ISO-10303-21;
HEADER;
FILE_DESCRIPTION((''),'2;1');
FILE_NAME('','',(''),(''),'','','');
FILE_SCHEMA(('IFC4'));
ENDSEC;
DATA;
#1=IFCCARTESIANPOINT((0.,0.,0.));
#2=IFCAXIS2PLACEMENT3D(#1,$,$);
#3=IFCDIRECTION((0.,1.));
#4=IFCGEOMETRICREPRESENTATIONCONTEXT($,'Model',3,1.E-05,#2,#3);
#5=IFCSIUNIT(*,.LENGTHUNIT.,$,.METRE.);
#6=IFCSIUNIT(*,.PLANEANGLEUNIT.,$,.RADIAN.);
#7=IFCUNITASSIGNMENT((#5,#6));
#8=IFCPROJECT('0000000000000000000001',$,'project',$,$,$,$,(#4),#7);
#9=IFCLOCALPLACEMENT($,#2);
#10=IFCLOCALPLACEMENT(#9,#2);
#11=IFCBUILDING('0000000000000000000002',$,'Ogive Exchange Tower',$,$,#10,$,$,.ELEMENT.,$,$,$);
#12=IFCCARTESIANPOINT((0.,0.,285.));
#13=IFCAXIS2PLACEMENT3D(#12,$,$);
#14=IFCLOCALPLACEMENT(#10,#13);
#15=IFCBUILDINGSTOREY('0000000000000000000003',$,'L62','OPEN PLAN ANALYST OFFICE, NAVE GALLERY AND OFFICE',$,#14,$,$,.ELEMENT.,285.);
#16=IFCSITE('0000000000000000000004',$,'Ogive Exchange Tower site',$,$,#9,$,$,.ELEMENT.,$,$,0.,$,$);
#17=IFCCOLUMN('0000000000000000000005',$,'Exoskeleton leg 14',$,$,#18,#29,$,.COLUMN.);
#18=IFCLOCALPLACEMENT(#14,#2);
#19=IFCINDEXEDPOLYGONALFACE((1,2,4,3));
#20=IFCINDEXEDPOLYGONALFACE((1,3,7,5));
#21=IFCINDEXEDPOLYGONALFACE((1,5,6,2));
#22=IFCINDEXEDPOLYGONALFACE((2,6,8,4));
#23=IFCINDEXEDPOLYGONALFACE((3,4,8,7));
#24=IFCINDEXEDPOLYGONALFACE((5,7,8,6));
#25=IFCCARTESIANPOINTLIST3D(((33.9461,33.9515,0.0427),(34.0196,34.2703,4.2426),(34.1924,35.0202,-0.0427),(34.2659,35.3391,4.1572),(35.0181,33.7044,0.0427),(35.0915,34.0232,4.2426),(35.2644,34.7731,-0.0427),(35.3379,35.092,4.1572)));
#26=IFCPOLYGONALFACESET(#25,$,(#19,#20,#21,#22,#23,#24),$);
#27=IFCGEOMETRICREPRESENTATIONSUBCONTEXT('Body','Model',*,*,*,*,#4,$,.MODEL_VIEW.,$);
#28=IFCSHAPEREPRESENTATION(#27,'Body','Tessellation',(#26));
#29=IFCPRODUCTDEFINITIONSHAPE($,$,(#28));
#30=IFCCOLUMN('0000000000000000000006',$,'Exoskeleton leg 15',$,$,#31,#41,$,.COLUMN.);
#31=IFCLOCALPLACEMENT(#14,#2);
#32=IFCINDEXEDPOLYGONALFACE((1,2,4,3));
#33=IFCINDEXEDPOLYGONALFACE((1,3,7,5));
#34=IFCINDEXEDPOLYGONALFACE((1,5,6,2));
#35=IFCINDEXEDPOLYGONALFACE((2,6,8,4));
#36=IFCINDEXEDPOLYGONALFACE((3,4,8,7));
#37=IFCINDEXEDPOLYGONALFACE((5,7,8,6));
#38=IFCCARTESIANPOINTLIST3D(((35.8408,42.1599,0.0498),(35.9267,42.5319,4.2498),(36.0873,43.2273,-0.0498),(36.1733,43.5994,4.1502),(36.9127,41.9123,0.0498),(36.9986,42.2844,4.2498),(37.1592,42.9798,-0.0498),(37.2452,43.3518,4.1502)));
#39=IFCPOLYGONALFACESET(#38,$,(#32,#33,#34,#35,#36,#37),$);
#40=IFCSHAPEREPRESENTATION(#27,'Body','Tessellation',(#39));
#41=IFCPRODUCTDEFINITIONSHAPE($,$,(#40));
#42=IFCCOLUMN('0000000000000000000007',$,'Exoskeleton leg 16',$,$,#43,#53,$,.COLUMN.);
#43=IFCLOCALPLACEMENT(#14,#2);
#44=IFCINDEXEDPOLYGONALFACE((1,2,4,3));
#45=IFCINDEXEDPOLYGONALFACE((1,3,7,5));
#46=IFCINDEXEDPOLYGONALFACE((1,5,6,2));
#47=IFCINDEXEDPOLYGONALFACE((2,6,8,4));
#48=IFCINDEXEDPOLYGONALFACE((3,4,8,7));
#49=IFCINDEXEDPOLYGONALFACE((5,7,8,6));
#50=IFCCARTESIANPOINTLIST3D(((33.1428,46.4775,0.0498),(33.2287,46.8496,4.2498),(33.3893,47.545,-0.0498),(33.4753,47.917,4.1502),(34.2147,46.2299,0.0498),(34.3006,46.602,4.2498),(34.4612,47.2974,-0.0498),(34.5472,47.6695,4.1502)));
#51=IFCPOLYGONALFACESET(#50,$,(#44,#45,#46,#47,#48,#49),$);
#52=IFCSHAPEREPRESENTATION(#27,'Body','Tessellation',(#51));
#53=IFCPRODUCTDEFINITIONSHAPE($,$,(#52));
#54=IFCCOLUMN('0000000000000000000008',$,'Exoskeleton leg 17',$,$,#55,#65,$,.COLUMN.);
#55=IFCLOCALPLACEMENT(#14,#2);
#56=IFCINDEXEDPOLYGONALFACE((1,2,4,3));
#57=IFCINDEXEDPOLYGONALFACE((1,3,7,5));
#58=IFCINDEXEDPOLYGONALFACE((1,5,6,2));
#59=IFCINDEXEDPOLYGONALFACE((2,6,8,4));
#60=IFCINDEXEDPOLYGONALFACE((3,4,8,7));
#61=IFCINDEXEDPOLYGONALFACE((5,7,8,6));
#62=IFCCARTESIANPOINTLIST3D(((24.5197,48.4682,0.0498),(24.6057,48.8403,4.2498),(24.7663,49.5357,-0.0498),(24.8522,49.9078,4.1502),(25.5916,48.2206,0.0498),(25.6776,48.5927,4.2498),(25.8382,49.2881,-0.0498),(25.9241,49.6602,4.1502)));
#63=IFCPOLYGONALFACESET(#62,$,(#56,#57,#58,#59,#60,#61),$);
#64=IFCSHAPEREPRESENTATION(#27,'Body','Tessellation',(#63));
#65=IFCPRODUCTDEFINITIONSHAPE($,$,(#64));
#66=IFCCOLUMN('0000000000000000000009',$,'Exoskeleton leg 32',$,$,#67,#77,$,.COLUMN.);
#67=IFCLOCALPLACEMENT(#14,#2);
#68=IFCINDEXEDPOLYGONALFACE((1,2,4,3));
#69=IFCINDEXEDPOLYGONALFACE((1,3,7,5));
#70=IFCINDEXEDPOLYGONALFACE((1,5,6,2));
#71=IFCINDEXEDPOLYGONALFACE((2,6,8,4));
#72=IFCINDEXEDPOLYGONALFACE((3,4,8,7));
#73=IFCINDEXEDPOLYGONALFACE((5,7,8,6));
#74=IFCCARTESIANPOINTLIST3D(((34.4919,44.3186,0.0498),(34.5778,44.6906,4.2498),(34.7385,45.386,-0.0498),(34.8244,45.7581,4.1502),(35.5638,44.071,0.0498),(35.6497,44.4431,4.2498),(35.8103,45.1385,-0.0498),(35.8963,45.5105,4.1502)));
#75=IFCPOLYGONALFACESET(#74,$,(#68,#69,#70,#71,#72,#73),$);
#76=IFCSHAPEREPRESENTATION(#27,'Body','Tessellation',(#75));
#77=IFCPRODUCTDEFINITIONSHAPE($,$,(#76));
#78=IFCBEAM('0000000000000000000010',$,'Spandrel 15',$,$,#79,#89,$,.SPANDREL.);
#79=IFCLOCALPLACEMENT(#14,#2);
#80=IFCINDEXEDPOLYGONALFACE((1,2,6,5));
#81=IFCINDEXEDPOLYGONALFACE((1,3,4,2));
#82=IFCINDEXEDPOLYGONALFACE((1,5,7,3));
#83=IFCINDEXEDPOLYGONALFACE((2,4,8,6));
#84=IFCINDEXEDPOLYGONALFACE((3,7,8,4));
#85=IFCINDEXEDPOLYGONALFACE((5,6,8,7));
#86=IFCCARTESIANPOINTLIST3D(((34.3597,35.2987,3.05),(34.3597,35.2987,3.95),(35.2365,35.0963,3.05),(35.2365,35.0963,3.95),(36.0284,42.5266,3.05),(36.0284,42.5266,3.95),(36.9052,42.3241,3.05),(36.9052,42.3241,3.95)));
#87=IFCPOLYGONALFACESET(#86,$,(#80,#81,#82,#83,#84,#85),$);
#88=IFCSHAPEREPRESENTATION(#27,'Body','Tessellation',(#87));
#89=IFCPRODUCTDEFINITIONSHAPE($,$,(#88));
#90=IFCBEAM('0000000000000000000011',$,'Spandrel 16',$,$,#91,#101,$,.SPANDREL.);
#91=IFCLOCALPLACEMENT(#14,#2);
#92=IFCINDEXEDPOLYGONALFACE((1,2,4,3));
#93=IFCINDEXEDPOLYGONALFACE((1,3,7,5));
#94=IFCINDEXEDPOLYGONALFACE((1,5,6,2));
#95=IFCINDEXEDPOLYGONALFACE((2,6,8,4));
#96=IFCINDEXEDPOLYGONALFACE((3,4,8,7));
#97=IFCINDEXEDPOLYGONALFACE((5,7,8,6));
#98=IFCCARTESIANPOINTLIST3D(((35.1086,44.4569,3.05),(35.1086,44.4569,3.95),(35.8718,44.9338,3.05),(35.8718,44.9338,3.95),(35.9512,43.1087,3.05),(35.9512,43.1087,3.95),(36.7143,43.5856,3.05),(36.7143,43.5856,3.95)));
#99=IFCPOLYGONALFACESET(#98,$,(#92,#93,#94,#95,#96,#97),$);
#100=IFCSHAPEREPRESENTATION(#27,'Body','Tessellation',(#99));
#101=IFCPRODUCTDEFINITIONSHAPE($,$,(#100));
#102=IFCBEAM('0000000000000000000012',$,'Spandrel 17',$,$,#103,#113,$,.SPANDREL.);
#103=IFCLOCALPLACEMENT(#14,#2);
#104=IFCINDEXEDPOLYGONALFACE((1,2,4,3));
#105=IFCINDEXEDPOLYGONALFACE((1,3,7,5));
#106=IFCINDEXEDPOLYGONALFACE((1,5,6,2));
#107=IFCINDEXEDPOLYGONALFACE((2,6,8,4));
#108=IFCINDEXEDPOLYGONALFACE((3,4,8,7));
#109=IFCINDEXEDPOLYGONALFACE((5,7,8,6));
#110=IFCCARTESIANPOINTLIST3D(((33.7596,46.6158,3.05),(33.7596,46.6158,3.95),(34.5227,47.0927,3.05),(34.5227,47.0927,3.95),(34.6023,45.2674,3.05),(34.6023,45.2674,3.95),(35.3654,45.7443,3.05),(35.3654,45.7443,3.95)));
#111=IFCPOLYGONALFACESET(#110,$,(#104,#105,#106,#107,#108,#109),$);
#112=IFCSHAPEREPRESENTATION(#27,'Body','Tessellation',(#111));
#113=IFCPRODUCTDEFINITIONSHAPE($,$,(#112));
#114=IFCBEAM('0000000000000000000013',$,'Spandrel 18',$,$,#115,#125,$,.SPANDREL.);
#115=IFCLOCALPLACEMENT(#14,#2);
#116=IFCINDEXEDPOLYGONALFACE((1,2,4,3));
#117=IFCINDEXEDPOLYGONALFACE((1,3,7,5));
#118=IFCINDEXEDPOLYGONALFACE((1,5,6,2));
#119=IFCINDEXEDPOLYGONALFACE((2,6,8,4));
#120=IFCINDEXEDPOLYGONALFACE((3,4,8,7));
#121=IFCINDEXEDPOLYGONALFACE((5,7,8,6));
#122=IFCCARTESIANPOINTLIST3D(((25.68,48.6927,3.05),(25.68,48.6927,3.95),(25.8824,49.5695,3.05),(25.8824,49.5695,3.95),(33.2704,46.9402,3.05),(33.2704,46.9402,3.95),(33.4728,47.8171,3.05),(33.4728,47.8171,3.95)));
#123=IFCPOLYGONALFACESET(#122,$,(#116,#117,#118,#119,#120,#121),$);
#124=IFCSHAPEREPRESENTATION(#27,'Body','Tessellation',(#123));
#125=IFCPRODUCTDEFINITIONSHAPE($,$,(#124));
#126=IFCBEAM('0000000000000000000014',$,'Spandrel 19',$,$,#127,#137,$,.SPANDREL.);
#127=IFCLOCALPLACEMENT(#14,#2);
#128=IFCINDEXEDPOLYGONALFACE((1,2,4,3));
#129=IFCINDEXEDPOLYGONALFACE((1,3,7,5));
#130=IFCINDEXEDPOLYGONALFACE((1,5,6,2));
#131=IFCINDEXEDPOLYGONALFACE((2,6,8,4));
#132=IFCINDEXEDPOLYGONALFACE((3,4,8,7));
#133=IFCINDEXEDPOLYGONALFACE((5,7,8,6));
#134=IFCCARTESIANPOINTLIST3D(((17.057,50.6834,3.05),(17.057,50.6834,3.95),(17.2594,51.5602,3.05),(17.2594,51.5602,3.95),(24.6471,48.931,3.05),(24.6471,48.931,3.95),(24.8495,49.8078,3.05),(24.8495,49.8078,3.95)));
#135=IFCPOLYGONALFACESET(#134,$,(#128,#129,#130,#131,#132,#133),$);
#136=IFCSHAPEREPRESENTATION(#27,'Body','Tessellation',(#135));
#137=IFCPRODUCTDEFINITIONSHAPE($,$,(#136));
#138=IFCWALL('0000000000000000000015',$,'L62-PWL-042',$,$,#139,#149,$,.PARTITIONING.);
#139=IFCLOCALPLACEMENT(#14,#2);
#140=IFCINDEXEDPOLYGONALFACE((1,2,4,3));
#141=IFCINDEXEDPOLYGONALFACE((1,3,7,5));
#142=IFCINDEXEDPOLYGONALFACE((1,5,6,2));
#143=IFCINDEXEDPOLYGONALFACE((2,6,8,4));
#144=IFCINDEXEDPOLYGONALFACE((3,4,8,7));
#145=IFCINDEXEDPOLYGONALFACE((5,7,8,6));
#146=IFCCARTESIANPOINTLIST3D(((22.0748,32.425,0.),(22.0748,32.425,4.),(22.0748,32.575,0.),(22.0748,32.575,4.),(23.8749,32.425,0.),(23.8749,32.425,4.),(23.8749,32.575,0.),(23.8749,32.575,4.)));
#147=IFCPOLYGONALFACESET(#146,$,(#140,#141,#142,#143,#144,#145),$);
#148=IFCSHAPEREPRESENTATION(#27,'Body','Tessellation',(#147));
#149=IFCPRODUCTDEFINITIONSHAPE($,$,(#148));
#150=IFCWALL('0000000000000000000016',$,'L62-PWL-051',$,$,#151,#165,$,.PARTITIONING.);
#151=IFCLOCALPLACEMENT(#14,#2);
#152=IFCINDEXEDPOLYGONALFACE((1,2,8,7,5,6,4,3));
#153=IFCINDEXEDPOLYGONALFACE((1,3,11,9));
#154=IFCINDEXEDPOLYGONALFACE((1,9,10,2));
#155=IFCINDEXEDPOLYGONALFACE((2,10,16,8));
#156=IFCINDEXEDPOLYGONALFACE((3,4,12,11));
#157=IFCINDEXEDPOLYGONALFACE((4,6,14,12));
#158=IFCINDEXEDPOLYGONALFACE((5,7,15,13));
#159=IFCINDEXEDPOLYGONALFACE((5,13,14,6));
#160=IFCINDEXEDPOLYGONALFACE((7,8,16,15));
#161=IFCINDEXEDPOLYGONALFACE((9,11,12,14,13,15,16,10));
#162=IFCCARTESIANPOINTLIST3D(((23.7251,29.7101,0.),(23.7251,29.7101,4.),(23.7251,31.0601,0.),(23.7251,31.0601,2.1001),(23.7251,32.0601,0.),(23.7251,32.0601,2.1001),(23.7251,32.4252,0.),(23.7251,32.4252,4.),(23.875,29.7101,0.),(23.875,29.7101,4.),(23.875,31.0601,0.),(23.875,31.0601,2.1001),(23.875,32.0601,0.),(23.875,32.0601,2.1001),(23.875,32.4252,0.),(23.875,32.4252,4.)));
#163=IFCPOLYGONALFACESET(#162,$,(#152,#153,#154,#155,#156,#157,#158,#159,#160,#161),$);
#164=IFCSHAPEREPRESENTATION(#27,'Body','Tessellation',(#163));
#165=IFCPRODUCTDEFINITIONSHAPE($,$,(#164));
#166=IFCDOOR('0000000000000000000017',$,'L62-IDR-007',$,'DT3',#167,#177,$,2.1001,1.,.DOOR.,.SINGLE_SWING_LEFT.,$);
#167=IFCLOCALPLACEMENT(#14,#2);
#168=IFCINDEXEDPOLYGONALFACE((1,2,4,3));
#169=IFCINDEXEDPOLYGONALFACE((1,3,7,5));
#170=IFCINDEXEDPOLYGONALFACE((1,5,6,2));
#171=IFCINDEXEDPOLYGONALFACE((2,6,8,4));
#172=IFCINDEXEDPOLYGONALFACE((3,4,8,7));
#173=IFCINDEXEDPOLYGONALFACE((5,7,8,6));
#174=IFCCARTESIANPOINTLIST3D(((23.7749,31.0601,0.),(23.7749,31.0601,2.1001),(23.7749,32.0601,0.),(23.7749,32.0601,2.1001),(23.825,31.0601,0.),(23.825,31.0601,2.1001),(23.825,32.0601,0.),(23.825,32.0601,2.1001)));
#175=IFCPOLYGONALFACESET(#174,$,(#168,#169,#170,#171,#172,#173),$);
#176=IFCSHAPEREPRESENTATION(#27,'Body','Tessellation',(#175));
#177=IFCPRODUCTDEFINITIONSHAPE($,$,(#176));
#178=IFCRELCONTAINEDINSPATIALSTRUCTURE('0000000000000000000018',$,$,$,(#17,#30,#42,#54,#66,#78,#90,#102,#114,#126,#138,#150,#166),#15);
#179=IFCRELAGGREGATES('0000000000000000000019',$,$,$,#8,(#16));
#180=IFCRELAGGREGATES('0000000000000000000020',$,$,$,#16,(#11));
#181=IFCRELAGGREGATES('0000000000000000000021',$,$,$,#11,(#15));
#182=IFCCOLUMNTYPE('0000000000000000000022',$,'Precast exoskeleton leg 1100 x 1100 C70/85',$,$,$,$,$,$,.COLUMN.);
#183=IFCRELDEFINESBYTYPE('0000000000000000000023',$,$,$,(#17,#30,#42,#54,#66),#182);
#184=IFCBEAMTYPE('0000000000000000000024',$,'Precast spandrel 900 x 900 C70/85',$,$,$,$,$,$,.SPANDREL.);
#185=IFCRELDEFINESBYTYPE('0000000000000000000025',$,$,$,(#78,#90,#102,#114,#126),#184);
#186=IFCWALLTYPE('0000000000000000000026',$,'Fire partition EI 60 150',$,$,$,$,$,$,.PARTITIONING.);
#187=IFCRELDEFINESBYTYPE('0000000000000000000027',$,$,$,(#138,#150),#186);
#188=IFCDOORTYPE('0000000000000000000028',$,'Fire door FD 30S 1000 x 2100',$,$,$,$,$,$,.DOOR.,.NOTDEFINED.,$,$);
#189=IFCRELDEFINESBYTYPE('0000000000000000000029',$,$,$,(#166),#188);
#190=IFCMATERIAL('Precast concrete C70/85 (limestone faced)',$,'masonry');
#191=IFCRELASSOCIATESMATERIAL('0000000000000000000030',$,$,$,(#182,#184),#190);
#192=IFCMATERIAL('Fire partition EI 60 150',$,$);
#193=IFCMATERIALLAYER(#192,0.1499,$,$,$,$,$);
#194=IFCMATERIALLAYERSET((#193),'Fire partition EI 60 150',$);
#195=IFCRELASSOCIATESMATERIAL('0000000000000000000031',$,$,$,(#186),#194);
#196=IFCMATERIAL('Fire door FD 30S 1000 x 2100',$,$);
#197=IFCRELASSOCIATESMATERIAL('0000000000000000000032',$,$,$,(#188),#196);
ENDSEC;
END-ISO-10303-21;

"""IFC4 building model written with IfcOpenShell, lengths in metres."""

from ifc_helpers import new_model, si_unit, direction, frame, frame_2d, origin, origin_2d, place, context, subcontext, project, spatial, rectangle, extrude, material, layer, layer_set, material_profile, profile_set, type_object, element, fill, save


model = new_model("IFC4")

# Units and contexts
model_context = context("Model", 3, precision=1e-05, world=origin(), true_north=direction((0.0, 1.0)))
body_context = subcontext(model_context, "Body", "Model", "MODEL_VIEW")
ifc_project = project(units=[si_unit("LENGTHUNIT", "METRE"), si_unit("PLANEANGLEUNIT", "RADIAN")], contexts=[model_context])

# Site, building, storey
site_placement = place(None, origin())
site = spatial("IfcSite", under=ifc_project, at=site_placement, Name="Ogive Exchange Tower site", CompositionType="ELEMENT", RefElevation=0.0)
building_placement = place(site_placement, origin())
building = spatial("IfcBuilding", under=site, at=building_placement, Name="Ogive Exchange Tower", CompositionType="ELEMENT")
storey_placement = place(building_placement, frame((0.0, 0.0, 285.0)))
storey = spatial("IfcBuildingStorey", under=building, at=storey_placement, Name="L62", Description="OPEN PLAN ANALYST OFFICE, NAVE GALLERY AND OFFICE", CompositionType="ELEMENT", Elevation=285.0)

# Columns
ifc_material_1 = material(Name="Precast concrete C70/85 (limestone faced)", Category="masonry")
ifc_material_profile_1 = material_profile(ifc_material_1, rectangle(XDim=1.1001, YDim=1.1001, at=origin_2d()), Name="1100 x 1100")
ifc_profile_set_1 = profile_set([ifc_material_profile_1], Name="Precast concrete C70/85 (limestone faced)")
column_type = type_object("IfcColumnType", Name="Precast exoskeleton leg 1100 x 1100 C70/85", PredefinedType="COLUMN", material=ifc_profile_set_1)
column_placement = place(storey_placement, frame((34.6052, 34.3623, 0.0), z_axis=(0.017444, 0.075688, 0.996979), x_axis=(-0.974454, 0.224587, 0.0)))
element("IfcColumn", 1, at=column_placement, inside=storey, type_object=column_type, Name="Exoskeleton leg 14", PredefinedType="COLUMN", context=body_context, shape_type="SweptSolid", body=[
    extrude(rectangle(XDim=1.1001, YDim=1.1001, at=origin_2d()), origin(), (0.0, 0.0, 1.0), 4.2126),
])
for number, where, z_axis, x_axis, name in (
    (2, (36.5, 42.5698, 0.0), (0.020377, 0.088225, 0.995892), (-0.974348, 0.225046, 0.0), "Exoskeleton leg 15"),
    (3, (33.802, 46.8875, 0.0), (0.020377, 0.088225, 0.995892), (-0.974348, 0.225046, 0.0), "Exoskeleton leg 16"),
    (4, (25.179, 48.8782, 0.0), (0.020377, 0.088225, 0.995892), (-0.974348, 0.225046, 0.0), "Exoskeleton leg 17"),
    (5, (35.1511, 44.7285, 0.0), (0.020377, 0.088225, 0.995892), (-0.974348, 0.225046, 0.0), "Exoskeleton leg 32"),
):
    element("IfcColumn", number, at=place(storey_placement, frame(where, z_axis=z_axis, x_axis=x_axis)), inside=storey, type_object=column_type, Name=name, PredefinedType="COLUMN", context=body_context, shape_type="SweptSolid", body=[
        extrude(rectangle(XDim=1.1001, YDim=1.1001, at=origin_2d()), origin(), (0.0, 0.0, 1.0), 4.2173),
    ])

# Beams
ifc_material_profile_2 = material_profile(ifc_material_1, rectangle(XDim=0.8999, YDim=0.8999, at=origin_2d()), Name="900 x 900")
ifc_profile_set_2 = profile_set([ifc_material_profile_2], Name="Precast concrete C70/85 (limestone faced)")
beam_type = type_object("IfcBeamType", Name="Precast spandrel 900 x 900 C70/85", PredefinedType="SPANDREL", material=ifc_profile_set_2)
beam_1_placement = place(storey_placement, frame((34.7981, 35.1975, 3.5), z_axis=(0.224956, 0.974369, 0.0), x_axis=(-0.974369, 0.224956, 0.0)))
element("IfcBeam", 6, at=beam_1_placement, inside=storey, type_object=beam_type, Name="Spandrel 15", PredefinedType="SPANDREL", context=body_context, shape_type="SweptSolid", body=[
    extrude(rectangle(XDim=0.8999, YDim=0.8999, at=origin_2d()), origin(), (0.0, 0.0, 1.0), 7.418),
])
beam_2_placement = place(storey_placement, frame((36.3328, 43.3472, 3.5), z_axis=(-0.529971, 0.848016, 0.0), x_axis=(-0.848016, -0.529971, 0.0)))
element("IfcBeam", 7, at=beam_2_placement, inside=storey, type_object=beam_type, Name="Spandrel 16", PredefinedType="SPANDREL", context=body_context, shape_type="SweptSolid", body=[
    extrude(rectangle(XDim=0.8999, YDim=0.8999, at=origin_2d()), origin(), (0.0, 0.0, 1.0), 1.5898),
])
beam_3_placement = place(storey_placement, frame((34.9839, 45.5059, 3.5), z_axis=(-0.530013, 0.84799, 0.0), x_axis=(-0.84799, -0.530013, 0.0)))
element("IfcBeam", 8, at=beam_3_placement, inside=storey, type_object=beam_type, Name="Spandrel 17", PredefinedType="SPANDREL", context=body_context, shape_type="SweptSolid", body=[
    extrude(rectangle(XDim=0.8999, YDim=0.8999, at=origin_2d()), origin(), (0.0, 0.0, 1.0), 1.5901),
])
beam_4_placement = place(storey_placement, frame((33.3716, 47.3787, 3.5), z_axis=(-0.974368, 0.22496, 0.0), x_axis=(-0.22496, -0.974368, 0.0)))
element("IfcBeam", 9, at=beam_4_placement, inside=storey, type_object=beam_type, Name="Spandrel 18", PredefinedType="SPANDREL", context=body_context, shape_type="SweptSolid", body=[
    extrude(rectangle(XDim=0.8999, YDim=0.8999, at=origin_2d()), origin(), (0.0, 0.0, 1.0), 7.79),
])
beam_5_placement = place(storey_placement, frame((24.7483, 49.3694, 3.5), z_axis=(-0.974366, 0.224967, 0.0), x_axis=(-0.224967, -0.974366, 0.0)))
element("IfcBeam", 10, at=beam_5_placement, inside=storey, type_object=beam_type, Name="Spandrel 19", PredefinedType="SPANDREL", context=body_context, shape_type="SweptSolid", body=[
    extrude(rectangle(XDim=0.8999, YDim=0.8999, at=origin_2d()), origin(), (0.0, 0.0, 1.0), 7.7898),
])

# Wall
ifc_material_2 = material(Name="Fire partition EI 60 150")
ifc_layer_1 = layer(ifc_material_2, 0.1499)
ifc_layer_set_1 = layer_set([ifc_layer_1], Name="Fire partition EI 60 150")
wall_type_1 = type_object("IfcWallType", Name="Fire partition EI 60 150", PredefinedType="PARTITIONING", material=ifc_layer_set_1)
wall_1_placement = place(storey_placement, frame((22.075, 32.5, 0.0), z_axis=(0.0, 0.0, 1.0), x_axis=(1.0, 0.0, 0.0)))
element("IfcWall", 11, at=wall_1_placement, inside=storey, type_object=wall_type_1, Name="L62-PWL-042", PredefinedType="PARTITIONING", context=body_context, shape_type="SweptSolid", body=[
    extrude(rectangle(XDim=1.8, YDim=0.1499, at=frame_2d((0.8999, 0.0))), origin(), (0.0, 0.0, 1.0), 4.0),
])

# Wall, opening, door
wall_2_placement = place(storey_placement, frame((23.8, 32.425, 0.0), z_axis=(0.0, 0.0, 1.0), x_axis=(0.0, -1.0, 0.0)))
wall_2 = element("IfcWall", 12, at=wall_2_placement, inside=storey, type_object=wall_type_1, Name="L62-PWL-051", PredefinedType="PARTITIONING", context=body_context, shape_type="SweptSolid", body=[
    extrude(rectangle(XDim=2.7151, YDim=0.1499, at=frame_2d((1.3574, 0.0))), origin(), (0.0, 0.0, 1.0), 4.0),
])
opening_1_placement = place(wall_2_placement, frame((0.365, 0.0, 0.0)))
opening_1 = element("IfcOpeningElement", 13, at=opening_1_placement, cuts=wall_2, PredefinedType="OPENING", context=body_context, shape_type="SweptSolid", body=[
    extrude(rectangle(XDim=1.0, YDim=2.1001, at=frame_2d((0.5, 1.05))), frame((0.0, 0.085, 0.0), z_axis=(0.0, -1.0, 0.0), x_axis=(1.0, 0.0, 0.0)), (0.0, 0.0, 1.0), 0.1699),
])
ifc_material_3 = material(Name="Fire door FD 30S 1000 x 2100")
door_type_1 = type_object("IfcDoorType", Name="Fire door FD 30S 1000 x 2100", OperationType="NOTDEFINED", PredefinedType="DOOR", material=ifc_material_3)
door_1_placement = place(opening_1_placement, origin())
door_1 = element("IfcDoor", 14, at=door_1_placement, inside=storey, type_object=door_type_1, Name="L62-IDR-007", ObjectType="DT3", OperationType="SINGLE_SWING_LEFT", OverallHeight=2.1001, OverallWidth=1.0, PredefinedType="DOOR", context=body_context, shape_type="SweptSolid", body=[
    extrude(rectangle(XDim=1.0, YDim=2.1001, at=frame_2d((0.5, 1.05))), frame((0.0, 0.0249, 0.0), z_axis=(0.0, -1.0, 0.0), x_axis=(1.0, 0.0, 0.0)), (0.0, 0.0, 1.0), 0.05),
])
fill(opening_1, door_1)

save(model, "model.ifc")
